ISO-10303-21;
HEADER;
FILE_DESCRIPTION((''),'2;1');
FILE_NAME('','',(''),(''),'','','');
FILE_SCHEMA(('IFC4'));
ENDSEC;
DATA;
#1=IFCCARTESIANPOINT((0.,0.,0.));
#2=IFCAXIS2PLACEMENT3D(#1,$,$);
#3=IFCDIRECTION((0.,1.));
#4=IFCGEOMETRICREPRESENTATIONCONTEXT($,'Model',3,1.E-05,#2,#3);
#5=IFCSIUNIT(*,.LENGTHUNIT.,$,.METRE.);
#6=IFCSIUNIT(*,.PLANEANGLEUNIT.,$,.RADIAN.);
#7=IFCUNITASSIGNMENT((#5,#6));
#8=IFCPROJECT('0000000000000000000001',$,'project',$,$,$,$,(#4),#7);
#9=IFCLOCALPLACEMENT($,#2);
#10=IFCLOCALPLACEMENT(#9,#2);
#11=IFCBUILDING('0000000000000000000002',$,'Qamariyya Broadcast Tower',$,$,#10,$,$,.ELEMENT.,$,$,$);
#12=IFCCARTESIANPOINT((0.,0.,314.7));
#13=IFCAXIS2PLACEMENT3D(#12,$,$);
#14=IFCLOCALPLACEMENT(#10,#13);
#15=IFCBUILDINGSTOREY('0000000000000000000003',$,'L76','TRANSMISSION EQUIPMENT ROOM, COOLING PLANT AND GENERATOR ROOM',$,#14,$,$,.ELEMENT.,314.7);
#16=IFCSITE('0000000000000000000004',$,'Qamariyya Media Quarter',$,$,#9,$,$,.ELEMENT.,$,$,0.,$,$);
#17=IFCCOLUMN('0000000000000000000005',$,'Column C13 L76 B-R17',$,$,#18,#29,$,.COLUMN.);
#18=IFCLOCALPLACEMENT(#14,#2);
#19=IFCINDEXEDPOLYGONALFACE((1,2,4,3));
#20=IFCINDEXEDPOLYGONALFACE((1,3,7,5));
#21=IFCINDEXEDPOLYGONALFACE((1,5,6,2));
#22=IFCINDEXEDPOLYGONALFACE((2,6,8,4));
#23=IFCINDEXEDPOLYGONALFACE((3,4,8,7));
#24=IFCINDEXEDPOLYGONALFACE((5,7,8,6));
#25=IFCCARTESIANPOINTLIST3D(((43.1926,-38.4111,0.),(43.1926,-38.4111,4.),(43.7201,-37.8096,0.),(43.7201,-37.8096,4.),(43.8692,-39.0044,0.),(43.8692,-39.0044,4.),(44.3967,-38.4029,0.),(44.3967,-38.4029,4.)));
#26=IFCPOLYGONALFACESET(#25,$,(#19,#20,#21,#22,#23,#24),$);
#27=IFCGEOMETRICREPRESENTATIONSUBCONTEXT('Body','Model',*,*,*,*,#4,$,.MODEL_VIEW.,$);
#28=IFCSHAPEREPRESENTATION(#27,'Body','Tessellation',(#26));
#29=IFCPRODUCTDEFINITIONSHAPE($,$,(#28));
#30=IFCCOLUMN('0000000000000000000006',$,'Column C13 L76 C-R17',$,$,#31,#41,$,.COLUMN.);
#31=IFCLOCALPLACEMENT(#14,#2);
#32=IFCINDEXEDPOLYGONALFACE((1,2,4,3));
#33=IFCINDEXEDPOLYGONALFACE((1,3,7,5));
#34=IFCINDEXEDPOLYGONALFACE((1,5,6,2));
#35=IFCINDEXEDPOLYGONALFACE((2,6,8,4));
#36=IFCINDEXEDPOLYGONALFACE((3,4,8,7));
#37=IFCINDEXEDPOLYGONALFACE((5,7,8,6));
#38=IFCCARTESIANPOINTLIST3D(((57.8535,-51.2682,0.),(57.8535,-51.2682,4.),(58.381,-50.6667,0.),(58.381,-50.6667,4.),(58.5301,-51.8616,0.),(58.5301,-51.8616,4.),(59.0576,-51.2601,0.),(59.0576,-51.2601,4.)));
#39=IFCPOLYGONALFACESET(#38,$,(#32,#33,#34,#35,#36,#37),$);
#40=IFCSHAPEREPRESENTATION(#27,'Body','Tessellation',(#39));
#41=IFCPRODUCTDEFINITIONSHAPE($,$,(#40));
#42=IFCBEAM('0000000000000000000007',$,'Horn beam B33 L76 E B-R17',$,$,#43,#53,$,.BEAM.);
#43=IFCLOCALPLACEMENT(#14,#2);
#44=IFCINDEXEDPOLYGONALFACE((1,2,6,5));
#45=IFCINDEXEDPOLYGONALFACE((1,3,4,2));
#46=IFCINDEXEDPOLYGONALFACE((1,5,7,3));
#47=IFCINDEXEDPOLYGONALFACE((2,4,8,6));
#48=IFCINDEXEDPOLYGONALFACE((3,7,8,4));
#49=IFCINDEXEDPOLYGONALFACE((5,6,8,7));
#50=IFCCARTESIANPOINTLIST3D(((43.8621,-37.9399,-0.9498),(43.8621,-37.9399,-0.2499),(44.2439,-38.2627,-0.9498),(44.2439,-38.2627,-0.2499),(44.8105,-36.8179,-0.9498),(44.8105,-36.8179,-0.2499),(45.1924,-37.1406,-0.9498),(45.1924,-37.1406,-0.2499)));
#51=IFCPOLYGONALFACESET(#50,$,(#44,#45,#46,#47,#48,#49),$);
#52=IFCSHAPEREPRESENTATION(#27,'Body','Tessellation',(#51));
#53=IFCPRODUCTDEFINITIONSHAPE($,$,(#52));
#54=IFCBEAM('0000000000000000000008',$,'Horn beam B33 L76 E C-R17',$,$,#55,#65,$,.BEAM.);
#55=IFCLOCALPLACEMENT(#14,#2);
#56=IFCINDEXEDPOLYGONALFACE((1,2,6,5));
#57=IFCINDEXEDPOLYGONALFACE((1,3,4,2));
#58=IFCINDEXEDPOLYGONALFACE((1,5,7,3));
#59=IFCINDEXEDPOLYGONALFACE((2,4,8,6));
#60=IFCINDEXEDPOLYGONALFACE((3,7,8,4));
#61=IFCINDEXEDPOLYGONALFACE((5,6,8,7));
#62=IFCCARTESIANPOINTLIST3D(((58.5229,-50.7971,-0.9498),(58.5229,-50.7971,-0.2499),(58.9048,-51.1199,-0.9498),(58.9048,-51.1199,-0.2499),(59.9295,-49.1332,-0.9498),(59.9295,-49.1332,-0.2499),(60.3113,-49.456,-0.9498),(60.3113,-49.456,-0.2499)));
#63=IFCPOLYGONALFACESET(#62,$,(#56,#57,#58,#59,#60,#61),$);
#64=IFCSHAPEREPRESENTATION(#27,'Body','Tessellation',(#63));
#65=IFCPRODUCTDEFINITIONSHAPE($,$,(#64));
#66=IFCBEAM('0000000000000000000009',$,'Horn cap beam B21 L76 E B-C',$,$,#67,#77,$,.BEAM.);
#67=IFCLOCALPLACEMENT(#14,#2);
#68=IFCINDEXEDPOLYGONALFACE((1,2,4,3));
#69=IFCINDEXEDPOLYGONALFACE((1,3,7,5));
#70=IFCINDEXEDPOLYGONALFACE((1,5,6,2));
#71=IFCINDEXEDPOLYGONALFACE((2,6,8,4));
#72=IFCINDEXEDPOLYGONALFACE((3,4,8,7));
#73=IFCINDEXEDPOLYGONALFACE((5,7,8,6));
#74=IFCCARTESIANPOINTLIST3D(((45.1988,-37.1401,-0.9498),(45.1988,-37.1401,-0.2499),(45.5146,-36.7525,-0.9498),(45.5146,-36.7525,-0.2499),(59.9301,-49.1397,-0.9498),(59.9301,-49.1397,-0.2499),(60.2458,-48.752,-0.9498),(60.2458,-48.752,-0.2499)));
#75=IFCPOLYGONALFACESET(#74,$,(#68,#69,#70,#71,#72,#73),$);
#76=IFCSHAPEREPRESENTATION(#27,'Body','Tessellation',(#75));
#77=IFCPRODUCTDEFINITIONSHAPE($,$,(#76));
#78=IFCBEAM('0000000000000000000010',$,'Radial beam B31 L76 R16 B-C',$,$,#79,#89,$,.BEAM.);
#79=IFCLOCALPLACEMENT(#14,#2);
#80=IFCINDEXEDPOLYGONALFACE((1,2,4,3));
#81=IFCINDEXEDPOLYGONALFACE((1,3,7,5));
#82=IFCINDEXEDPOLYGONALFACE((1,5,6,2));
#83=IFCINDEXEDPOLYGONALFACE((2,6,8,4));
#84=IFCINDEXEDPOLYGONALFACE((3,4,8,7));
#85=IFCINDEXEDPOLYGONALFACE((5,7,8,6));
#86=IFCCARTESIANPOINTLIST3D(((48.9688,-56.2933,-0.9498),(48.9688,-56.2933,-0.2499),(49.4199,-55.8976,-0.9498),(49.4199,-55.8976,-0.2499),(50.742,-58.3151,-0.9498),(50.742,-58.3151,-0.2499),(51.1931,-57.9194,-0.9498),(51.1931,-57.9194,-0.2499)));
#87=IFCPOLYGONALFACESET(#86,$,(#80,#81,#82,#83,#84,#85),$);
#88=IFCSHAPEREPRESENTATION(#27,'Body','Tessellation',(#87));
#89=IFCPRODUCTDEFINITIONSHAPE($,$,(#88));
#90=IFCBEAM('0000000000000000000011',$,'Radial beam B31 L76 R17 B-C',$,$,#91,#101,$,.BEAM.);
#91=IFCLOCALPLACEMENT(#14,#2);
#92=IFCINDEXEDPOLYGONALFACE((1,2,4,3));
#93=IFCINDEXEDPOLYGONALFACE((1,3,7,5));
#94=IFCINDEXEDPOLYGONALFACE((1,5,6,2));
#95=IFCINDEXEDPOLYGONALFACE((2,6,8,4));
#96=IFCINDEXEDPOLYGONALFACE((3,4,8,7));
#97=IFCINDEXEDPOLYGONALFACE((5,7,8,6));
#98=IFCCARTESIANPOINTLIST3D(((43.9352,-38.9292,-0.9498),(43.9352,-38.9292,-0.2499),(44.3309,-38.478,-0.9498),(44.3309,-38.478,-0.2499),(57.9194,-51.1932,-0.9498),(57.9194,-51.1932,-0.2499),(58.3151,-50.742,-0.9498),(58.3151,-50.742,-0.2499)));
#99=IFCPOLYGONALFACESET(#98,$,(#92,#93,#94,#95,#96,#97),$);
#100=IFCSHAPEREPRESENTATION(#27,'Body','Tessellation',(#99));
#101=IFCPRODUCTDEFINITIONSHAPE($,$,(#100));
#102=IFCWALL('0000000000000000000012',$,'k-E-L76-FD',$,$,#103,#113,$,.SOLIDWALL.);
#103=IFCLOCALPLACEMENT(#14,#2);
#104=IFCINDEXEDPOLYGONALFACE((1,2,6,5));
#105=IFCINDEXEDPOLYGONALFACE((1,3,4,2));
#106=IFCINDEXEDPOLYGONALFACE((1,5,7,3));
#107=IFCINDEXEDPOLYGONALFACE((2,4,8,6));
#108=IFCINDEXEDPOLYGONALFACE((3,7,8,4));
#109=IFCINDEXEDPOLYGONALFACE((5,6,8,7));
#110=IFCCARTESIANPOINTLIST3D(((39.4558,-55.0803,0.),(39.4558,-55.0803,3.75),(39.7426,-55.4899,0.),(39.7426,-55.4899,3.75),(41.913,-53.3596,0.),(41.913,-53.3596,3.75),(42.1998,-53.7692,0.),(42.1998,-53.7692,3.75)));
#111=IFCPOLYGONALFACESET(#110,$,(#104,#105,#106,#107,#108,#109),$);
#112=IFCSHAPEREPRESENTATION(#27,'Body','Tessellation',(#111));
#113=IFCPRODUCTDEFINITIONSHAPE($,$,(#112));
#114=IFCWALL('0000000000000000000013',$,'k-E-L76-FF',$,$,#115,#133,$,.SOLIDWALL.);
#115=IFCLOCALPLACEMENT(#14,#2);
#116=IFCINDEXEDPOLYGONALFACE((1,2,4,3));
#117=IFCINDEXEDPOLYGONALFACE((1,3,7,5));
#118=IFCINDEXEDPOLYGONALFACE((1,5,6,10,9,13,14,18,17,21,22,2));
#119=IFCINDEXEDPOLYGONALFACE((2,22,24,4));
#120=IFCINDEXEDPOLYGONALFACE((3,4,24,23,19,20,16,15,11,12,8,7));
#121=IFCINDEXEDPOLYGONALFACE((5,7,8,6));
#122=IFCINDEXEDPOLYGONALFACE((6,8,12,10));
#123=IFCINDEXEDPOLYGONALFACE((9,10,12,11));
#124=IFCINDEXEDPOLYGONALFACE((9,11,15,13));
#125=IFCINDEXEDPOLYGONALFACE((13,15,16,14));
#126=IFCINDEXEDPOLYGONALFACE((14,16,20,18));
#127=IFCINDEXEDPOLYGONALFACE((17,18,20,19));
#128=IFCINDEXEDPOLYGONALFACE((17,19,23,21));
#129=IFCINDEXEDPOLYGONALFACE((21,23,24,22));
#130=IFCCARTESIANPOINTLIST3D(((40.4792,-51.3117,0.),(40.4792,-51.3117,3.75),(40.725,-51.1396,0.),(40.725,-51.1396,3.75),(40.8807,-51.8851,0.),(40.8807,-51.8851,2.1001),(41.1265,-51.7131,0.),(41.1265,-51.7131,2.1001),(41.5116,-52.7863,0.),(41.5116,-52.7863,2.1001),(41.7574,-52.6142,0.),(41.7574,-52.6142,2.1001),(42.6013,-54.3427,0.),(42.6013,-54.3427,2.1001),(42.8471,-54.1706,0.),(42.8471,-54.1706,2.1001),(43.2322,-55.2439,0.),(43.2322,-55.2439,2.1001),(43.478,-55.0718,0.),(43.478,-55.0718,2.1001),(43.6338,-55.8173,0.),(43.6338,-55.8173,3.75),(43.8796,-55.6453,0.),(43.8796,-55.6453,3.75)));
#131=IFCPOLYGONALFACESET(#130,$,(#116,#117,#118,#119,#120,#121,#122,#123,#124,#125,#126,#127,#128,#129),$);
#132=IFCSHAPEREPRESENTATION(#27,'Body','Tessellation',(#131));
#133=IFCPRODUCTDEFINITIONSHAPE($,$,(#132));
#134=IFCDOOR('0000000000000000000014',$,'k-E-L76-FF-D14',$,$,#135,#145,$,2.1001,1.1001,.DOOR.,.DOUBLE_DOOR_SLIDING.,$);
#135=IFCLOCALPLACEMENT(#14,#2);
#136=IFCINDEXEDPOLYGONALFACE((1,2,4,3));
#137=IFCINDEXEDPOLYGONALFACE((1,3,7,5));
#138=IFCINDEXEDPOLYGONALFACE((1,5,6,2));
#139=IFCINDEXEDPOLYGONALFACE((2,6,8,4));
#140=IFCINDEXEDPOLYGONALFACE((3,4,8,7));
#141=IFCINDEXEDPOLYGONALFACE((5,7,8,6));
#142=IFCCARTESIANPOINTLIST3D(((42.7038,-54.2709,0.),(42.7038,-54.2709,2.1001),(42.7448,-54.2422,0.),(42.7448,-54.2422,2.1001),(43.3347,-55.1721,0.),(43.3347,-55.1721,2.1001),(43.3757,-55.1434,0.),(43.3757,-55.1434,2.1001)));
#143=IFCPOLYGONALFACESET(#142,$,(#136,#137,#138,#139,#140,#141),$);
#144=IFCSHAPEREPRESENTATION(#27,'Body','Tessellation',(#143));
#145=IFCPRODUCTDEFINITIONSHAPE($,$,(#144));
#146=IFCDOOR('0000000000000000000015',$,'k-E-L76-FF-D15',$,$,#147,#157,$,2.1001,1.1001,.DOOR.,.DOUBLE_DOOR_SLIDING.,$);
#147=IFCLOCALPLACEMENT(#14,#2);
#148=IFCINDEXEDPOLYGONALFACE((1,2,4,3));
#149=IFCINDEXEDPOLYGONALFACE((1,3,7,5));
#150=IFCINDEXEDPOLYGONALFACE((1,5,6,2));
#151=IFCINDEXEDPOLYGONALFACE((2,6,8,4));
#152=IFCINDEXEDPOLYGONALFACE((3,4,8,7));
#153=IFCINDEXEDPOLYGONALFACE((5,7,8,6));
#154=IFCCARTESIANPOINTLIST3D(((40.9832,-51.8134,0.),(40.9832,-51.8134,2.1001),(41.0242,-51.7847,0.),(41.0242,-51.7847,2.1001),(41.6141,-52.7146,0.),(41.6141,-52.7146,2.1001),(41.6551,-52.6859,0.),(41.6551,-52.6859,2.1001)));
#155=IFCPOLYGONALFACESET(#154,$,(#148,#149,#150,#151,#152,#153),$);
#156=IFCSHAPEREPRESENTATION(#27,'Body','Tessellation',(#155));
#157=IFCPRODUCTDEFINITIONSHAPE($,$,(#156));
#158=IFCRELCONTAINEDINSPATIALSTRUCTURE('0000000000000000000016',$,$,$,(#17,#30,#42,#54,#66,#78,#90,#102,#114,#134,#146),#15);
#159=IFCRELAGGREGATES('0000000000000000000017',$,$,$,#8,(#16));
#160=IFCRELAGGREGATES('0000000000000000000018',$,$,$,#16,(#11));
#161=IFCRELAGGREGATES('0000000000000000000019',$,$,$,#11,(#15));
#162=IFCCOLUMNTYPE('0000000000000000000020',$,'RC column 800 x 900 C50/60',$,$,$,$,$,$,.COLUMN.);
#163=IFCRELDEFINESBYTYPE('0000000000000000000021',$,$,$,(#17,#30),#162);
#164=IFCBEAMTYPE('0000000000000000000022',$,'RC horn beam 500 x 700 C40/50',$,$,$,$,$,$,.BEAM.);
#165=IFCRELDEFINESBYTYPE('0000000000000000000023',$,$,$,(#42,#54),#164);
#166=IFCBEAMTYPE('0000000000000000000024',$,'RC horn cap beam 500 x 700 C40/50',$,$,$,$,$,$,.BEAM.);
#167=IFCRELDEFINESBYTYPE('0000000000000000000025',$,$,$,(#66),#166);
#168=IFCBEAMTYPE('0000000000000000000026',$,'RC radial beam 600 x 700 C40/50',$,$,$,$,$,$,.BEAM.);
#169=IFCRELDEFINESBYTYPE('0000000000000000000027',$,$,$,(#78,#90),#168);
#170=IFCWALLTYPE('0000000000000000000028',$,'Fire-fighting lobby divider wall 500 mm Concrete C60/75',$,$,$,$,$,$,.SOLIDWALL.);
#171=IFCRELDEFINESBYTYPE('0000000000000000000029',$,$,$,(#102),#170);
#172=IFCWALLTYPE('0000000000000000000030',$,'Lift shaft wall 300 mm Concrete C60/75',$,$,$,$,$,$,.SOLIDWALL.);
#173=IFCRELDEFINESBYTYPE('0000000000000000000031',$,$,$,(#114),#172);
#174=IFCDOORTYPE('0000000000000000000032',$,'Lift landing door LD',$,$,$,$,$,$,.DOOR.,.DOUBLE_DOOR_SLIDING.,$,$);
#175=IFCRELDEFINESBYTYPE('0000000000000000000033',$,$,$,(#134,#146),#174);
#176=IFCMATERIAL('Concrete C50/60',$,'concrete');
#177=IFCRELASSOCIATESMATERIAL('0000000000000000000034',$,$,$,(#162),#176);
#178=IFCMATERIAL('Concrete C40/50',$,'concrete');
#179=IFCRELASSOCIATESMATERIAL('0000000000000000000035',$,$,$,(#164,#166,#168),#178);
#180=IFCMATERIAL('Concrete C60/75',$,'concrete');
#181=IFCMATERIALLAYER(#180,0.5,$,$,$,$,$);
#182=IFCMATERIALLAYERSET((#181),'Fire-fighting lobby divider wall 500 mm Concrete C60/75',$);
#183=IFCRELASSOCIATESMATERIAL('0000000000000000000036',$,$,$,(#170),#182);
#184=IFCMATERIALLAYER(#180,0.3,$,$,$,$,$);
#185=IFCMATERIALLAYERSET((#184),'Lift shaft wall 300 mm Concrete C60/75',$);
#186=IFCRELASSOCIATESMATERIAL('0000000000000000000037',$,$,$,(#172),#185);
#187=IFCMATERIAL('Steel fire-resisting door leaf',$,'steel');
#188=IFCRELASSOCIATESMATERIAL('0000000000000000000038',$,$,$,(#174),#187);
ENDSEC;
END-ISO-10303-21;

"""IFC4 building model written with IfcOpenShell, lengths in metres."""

from ifc_helpers import new_model, si_unit, direction, frame, frame_2d, origin, origin_2d, place, context, subcontext, project, spatial, rectangle, extrude, material, layer, layer_set, material_profile, profile_set, type_object, element, fill, save


model = new_model("IFC4")

# Units and contexts
model_context = context("Model", 3, precision=1e-05, world=origin(), true_north=direction((0.0, 1.0)))
body_context = subcontext(model_context, "Body", "Model", "MODEL_VIEW")
ifc_project = project(units=[si_unit("LENGTHUNIT", "METRE"), si_unit("PLANEANGLEUNIT", "RADIAN")], contexts=[model_context])

# Site, building, storey
site_placement = place(None, origin())
site = spatial("IfcSite", under=ifc_project, at=site_placement, Name="Qamariyya Media Quarter", CompositionType="ELEMENT", RefElevation=0.0)
building_placement = place(site_placement, origin())
building = spatial("IfcBuilding", under=site, at=building_placement, Name="Qamariyya Broadcast Tower", CompositionType="ELEMENT")
storey_placement = place(building_placement, frame((0.0, 0.0, 314.7)))
storey = spatial("IfcBuildingStorey", under=building, at=storey_placement, Name="L76", Description="TRANSMISSION EQUIPMENT ROOM, COOLING PLANT AND GENERATOR ROOM", CompositionType="ELEMENT", Elevation=314.7)

# Columns
ifc_material_1 = material(Name="Concrete C50/60", Category="concrete")
ifc_material_profile_1 = material_profile(ifc_material_1, rectangle(XDim=0.8, YDim=0.8999, at=origin_2d()))
ifc_profile_set_1 = profile_set([ifc_material_profile_1], Name="Concrete C50/60")
column_type = type_object("IfcColumnType", Name="RC column 800 x 900 C50/60", PredefinedType="COLUMN", material=ifc_profile_set_1)
for number, where, z_axis, x_axis, name in (
    (1, (43.7947, -38.407, 0.0), (0.0, 0.0, 1.0), (0.659346, 0.75184, 0.0), "Column C13 L76 B-R17"),
    (2, (58.4556, -51.2642, 0.0), (0.0, 0.0, 1.0), (0.659346, 0.75184, 0.0), "Column C13 L76 C-R17"),
):
    element("IfcColumn", number, at=place(storey_placement, frame(where, z_axis=z_axis, x_axis=x_axis)), inside=storey, type_object=column_type, Name=name, PredefinedType="COLUMN", context=body_context, shape_type="SweptSolid", body=[
        extrude(rectangle(XDim=0.8, YDim=0.8999, at=origin_2d()), origin(), (0.0, 0.0, 1.0), 4.0),
    ])

# Beams
ifc_material_2 = material(Name="Concrete C40/50", Category="concrete")
ifc_material_profile_2 = material_profile(ifc_material_2, rectangle(XDim=0.5, YDim=0.7, at=origin_2d()))
ifc_profile_set_2 = profile_set([ifc_material_profile_2], Name="Concrete C40/50")
beam_type_1 = type_object("IfcBeamType", Name="RC horn beam 500 x 700 C40/50", PredefinedType="BEAM", material=ifc_profile_set_2)
beam_1_placement = place(storey_placement, frame((44.053, -38.1013, -0.5999), z_axis=(0.645562, 0.763708, 0.0), x_axis=(-0.763708, 0.645562, 0.0)))
element("IfcBeam", 3, at=beam_1_placement, inside=storey, type_object=beam_type_1, Name="Horn beam B33 L76 E B-R17", PredefinedType="BEAM", context=body_context, shape_type="SweptSolid", body=[
    extrude(rectangle(XDim=0.5, YDim=0.7, at=origin_2d()), origin(), (0.0, 0.0, 1.0), 1.4692),
])
beam_2_placement = place(storey_placement, frame((58.7139, -50.9585, -0.5999), z_axis=(0.64558, 0.763692, 0.0), x_axis=(-0.763692, 0.64558, 0.0)))
element("IfcBeam", 4, at=beam_2_placement, inside=storey, type_object=beam_type_1, Name="Horn beam B33 L76 E C-R17", PredefinedType="BEAM", context=body_context, shape_type="SweptSolid", body=[
    extrude(rectangle(XDim=0.5, YDim=0.7, at=origin_2d()), origin(), (0.0, 0.0, 1.0), 2.1787),
])
ifc_material_profile_3 = material_profile(ifc_material_2, rectangle(XDim=0.5, YDim=0.7, at=origin_2d()))
ifc_profile_set_3 = profile_set([ifc_material_profile_3], Name="Concrete C40/50")
beam_type_2 = type_object("IfcBeamType", Name="RC horn cap beam 500 x 700 C40/50", PredefinedType="BEAM", material=ifc_profile_set_3)
beam_3_placement = place(storey_placement, frame((45.3567, -36.9463, -0.5999), z_axis=(0.77533, -0.631556, 0.0), x_axis=(0.631556, 0.77533, 0.0)))
element("IfcBeam", 5, at=beam_3_placement, inside=storey, type_object=beam_type_2, Name="Horn cap beam B21 L76 E B-C", PredefinedType="BEAM", context=body_context, shape_type="SweptSolid", body=[
    extrude(rectangle(XDim=0.5, YDim=0.7, at=origin_2d()), origin(), (0.0, 0.0, 1.0), 19.0),
])
ifc_material_profile_4 = material_profile(ifc_material_2, rectangle(XDim=0.6001, YDim=0.7, at=origin_2d()))
ifc_profile_set_4 = profile_set([ifc_material_profile_4], Name="Concrete C40/50")
beam_type_3 = type_object("IfcBeamType", Name="RC radial beam 600 x 700 C40/50", PredefinedType="BEAM", material=ifc_profile_set_4)
beam_4_placement = place(storey_placement, frame((49.1943, -56.0955, -0.5999), z_axis=(0.659385, -0.751806, 0.0), x_axis=(0.751806, 0.659385, 0.0)))
element("IfcBeam", 6, at=beam_4_placement, inside=storey, type_object=beam_type_3, Name="Radial beam B31 L76 R16 B-C", PredefinedType="BEAM", context=body_context, shape_type="SweptSolid", body=[
    extrude(rectangle(XDim=0.6001, YDim=0.7, at=origin_2d()), origin(), (0.0, 0.0, 1.0), 2.6892),
])
beam_5_placement = place(storey_placement, frame((44.1331, -38.7036, -0.5999), z_axis=(0.751835, -0.659351, 0.0), x_axis=(0.659351, 0.751835, 0.0)))
element("IfcBeam", 7, at=beam_5_placement, inside=storey, type_object=beam_type_3, Name="Radial beam B31 L76 R17 B-C", PredefinedType="BEAM", context=body_context, shape_type="SweptSolid", body=[
    extrude(rectangle(XDim=0.6001, YDim=0.7, at=origin_2d()), origin(), (0.0, 0.0, 1.0), 18.6001),
])

# Wall
ifc_material_3 = material(Name="Concrete C60/75", Category="concrete")
ifc_layer_1 = layer(ifc_material_3, 0.5)
ifc_layer_set_1 = layer_set([ifc_layer_1], Name="Fire-fighting lobby divider wall 500 mm Concrete C60/75")
wall_type_1 = type_object("IfcWallType", Name="Fire-fighting lobby divider wall 500 mm Concrete C60/75", PredefinedType="SOLIDWALL", material=ifc_layer_set_1)
wall_1_placement = place(storey_placement, frame((39.5991, -55.2852, 0.0), z_axis=(0.0, 0.0, 1.0), x_axis=(0.819136, 0.573599, 0.0)))
element("IfcWall", 8, at=wall_1_placement, inside=storey, type_object=wall_type_1, Name="k-E-L76-FD", PredefinedType="SOLIDWALL", context=body_context, shape_type="SweptSolid", body=[
    extrude(rectangle(XDim=2.9998, YDim=0.5, at=frame_2d((1.5, 0.0))), origin(), (0.0, 0.0, 1.0), 3.75),
])

# Wall, openings, doors
ifc_layer_2 = layer(ifc_material_3, 0.3)
ifc_layer_set_2 = layer_set([ifc_layer_2], Name="Lift shaft wall 300 mm Concrete C60/75")
wall_type_2 = type_object("IfcWallType", Name="Lift shaft wall 300 mm Concrete C60/75", PredefinedType="SOLIDWALL", material=ifc_layer_set_2)
wall_2_placement = place(storey_placement, frame((43.7566, -55.7312, 0.0), z_axis=(0.0, 0.0, 1.0), x_axis=(-0.573537, 0.81918, 0.0)))
wall_2 = element("IfcWall", 9, at=wall_2_placement, inside=storey, type_object=wall_type_2, Name="k-E-L76-FF", PredefinedType="SOLIDWALL", context=body_context, shape_type="SweptSolid", body=[
    extrude(rectangle(XDim=5.5002, YDim=0.3, at=frame_2d((2.75, 0.0))), origin(), (0.0, 0.0, 1.0), 3.75),
])
opening_1_placement = place(wall_2_placement, frame((0.7, 0.0, 0.0)))
opening_1 = element("IfcOpeningElement", 10, at=opening_1_placement, cuts=wall_2, PredefinedType="OPENING", context=body_context, shape_type="SweptSolid", body=[
    extrude(rectangle(XDim=1.1001, YDim=2.1001, at=frame_2d((0.55, 1.05))), frame((0.0, 0.1599, 0.0), z_axis=(0.0, -1.0, 0.0), x_axis=(1.0, 0.0, 0.0)), (0.0, 0.0, 1.0), 0.3201),
])
opening_2_placement = place(wall_2_placement, frame((3.7, 0.0, 0.0)))
opening_2 = element("IfcOpeningElement", 11, at=opening_2_placement, cuts=wall_2, PredefinedType="OPENING", context=body_context, shape_type="SweptSolid", body=[
    extrude(rectangle(XDim=1.1001, YDim=2.1001, at=frame_2d((0.55, 1.05))), frame((0.0, 0.1599, 0.0), z_axis=(0.0, -1.0, 0.0), x_axis=(1.0, 0.0, 0.0)), (0.0, 0.0, 1.0), 0.3201),
])
ifc_material_4 = material(Name="Steel fire-resisting door leaf", Category="steel")
door_type_1 = type_object("IfcDoorType", Name="Lift landing door LD", OperationType="DOUBLE_DOOR_SLIDING", PredefinedType="DOOR", material=ifc_material_4)
door_1_placement = place(opening_1_placement, origin())
door_1 = element("IfcDoor", 12, at=door_1_placement, inside=storey, type_object=door_type_1, Name="k-E-L76-FF-D14", OperationType="DOUBLE_DOOR_SLIDING", OverallHeight=2.1001, OverallWidth=1.1001, PredefinedType="DOOR", context=body_context, shape_type="SweptSolid", body=[
    extrude(rectangle(XDim=1.1001, YDim=2.1001, at=frame_2d((0.55, 1.05))), frame((0.0, 0.0249, 0.0), z_axis=(0.0, -1.0, 0.0), x_axis=(1.0, 0.0, 0.0)), (0.0, 0.0, 1.0), 0.05),
])
fill(opening_1, door_1)
door_2_placement = place(opening_2_placement, origin())
door_2 = element("IfcDoor", 13, at=door_2_placement, inside=storey, type_object=door_type_1, Name="k-E-L76-FF-D15", OperationType="DOUBLE_DOOR_SLIDING", OverallHeight=2.1001, OverallWidth=1.1001, PredefinedType="DOOR", context=body_context, shape_type="SweptSolid", body=[
    extrude(rectangle(XDim=1.1001, YDim=2.1001, at=frame_2d((0.55, 1.05))), frame((0.0, 0.0249, 0.0), z_axis=(0.0, -1.0, 0.0), x_axis=(1.0, 0.0, 0.0)), (0.0, 0.0, 1.0), 0.05),
])
fill(opening_2, door_2)

save(model, "model.ifc")
